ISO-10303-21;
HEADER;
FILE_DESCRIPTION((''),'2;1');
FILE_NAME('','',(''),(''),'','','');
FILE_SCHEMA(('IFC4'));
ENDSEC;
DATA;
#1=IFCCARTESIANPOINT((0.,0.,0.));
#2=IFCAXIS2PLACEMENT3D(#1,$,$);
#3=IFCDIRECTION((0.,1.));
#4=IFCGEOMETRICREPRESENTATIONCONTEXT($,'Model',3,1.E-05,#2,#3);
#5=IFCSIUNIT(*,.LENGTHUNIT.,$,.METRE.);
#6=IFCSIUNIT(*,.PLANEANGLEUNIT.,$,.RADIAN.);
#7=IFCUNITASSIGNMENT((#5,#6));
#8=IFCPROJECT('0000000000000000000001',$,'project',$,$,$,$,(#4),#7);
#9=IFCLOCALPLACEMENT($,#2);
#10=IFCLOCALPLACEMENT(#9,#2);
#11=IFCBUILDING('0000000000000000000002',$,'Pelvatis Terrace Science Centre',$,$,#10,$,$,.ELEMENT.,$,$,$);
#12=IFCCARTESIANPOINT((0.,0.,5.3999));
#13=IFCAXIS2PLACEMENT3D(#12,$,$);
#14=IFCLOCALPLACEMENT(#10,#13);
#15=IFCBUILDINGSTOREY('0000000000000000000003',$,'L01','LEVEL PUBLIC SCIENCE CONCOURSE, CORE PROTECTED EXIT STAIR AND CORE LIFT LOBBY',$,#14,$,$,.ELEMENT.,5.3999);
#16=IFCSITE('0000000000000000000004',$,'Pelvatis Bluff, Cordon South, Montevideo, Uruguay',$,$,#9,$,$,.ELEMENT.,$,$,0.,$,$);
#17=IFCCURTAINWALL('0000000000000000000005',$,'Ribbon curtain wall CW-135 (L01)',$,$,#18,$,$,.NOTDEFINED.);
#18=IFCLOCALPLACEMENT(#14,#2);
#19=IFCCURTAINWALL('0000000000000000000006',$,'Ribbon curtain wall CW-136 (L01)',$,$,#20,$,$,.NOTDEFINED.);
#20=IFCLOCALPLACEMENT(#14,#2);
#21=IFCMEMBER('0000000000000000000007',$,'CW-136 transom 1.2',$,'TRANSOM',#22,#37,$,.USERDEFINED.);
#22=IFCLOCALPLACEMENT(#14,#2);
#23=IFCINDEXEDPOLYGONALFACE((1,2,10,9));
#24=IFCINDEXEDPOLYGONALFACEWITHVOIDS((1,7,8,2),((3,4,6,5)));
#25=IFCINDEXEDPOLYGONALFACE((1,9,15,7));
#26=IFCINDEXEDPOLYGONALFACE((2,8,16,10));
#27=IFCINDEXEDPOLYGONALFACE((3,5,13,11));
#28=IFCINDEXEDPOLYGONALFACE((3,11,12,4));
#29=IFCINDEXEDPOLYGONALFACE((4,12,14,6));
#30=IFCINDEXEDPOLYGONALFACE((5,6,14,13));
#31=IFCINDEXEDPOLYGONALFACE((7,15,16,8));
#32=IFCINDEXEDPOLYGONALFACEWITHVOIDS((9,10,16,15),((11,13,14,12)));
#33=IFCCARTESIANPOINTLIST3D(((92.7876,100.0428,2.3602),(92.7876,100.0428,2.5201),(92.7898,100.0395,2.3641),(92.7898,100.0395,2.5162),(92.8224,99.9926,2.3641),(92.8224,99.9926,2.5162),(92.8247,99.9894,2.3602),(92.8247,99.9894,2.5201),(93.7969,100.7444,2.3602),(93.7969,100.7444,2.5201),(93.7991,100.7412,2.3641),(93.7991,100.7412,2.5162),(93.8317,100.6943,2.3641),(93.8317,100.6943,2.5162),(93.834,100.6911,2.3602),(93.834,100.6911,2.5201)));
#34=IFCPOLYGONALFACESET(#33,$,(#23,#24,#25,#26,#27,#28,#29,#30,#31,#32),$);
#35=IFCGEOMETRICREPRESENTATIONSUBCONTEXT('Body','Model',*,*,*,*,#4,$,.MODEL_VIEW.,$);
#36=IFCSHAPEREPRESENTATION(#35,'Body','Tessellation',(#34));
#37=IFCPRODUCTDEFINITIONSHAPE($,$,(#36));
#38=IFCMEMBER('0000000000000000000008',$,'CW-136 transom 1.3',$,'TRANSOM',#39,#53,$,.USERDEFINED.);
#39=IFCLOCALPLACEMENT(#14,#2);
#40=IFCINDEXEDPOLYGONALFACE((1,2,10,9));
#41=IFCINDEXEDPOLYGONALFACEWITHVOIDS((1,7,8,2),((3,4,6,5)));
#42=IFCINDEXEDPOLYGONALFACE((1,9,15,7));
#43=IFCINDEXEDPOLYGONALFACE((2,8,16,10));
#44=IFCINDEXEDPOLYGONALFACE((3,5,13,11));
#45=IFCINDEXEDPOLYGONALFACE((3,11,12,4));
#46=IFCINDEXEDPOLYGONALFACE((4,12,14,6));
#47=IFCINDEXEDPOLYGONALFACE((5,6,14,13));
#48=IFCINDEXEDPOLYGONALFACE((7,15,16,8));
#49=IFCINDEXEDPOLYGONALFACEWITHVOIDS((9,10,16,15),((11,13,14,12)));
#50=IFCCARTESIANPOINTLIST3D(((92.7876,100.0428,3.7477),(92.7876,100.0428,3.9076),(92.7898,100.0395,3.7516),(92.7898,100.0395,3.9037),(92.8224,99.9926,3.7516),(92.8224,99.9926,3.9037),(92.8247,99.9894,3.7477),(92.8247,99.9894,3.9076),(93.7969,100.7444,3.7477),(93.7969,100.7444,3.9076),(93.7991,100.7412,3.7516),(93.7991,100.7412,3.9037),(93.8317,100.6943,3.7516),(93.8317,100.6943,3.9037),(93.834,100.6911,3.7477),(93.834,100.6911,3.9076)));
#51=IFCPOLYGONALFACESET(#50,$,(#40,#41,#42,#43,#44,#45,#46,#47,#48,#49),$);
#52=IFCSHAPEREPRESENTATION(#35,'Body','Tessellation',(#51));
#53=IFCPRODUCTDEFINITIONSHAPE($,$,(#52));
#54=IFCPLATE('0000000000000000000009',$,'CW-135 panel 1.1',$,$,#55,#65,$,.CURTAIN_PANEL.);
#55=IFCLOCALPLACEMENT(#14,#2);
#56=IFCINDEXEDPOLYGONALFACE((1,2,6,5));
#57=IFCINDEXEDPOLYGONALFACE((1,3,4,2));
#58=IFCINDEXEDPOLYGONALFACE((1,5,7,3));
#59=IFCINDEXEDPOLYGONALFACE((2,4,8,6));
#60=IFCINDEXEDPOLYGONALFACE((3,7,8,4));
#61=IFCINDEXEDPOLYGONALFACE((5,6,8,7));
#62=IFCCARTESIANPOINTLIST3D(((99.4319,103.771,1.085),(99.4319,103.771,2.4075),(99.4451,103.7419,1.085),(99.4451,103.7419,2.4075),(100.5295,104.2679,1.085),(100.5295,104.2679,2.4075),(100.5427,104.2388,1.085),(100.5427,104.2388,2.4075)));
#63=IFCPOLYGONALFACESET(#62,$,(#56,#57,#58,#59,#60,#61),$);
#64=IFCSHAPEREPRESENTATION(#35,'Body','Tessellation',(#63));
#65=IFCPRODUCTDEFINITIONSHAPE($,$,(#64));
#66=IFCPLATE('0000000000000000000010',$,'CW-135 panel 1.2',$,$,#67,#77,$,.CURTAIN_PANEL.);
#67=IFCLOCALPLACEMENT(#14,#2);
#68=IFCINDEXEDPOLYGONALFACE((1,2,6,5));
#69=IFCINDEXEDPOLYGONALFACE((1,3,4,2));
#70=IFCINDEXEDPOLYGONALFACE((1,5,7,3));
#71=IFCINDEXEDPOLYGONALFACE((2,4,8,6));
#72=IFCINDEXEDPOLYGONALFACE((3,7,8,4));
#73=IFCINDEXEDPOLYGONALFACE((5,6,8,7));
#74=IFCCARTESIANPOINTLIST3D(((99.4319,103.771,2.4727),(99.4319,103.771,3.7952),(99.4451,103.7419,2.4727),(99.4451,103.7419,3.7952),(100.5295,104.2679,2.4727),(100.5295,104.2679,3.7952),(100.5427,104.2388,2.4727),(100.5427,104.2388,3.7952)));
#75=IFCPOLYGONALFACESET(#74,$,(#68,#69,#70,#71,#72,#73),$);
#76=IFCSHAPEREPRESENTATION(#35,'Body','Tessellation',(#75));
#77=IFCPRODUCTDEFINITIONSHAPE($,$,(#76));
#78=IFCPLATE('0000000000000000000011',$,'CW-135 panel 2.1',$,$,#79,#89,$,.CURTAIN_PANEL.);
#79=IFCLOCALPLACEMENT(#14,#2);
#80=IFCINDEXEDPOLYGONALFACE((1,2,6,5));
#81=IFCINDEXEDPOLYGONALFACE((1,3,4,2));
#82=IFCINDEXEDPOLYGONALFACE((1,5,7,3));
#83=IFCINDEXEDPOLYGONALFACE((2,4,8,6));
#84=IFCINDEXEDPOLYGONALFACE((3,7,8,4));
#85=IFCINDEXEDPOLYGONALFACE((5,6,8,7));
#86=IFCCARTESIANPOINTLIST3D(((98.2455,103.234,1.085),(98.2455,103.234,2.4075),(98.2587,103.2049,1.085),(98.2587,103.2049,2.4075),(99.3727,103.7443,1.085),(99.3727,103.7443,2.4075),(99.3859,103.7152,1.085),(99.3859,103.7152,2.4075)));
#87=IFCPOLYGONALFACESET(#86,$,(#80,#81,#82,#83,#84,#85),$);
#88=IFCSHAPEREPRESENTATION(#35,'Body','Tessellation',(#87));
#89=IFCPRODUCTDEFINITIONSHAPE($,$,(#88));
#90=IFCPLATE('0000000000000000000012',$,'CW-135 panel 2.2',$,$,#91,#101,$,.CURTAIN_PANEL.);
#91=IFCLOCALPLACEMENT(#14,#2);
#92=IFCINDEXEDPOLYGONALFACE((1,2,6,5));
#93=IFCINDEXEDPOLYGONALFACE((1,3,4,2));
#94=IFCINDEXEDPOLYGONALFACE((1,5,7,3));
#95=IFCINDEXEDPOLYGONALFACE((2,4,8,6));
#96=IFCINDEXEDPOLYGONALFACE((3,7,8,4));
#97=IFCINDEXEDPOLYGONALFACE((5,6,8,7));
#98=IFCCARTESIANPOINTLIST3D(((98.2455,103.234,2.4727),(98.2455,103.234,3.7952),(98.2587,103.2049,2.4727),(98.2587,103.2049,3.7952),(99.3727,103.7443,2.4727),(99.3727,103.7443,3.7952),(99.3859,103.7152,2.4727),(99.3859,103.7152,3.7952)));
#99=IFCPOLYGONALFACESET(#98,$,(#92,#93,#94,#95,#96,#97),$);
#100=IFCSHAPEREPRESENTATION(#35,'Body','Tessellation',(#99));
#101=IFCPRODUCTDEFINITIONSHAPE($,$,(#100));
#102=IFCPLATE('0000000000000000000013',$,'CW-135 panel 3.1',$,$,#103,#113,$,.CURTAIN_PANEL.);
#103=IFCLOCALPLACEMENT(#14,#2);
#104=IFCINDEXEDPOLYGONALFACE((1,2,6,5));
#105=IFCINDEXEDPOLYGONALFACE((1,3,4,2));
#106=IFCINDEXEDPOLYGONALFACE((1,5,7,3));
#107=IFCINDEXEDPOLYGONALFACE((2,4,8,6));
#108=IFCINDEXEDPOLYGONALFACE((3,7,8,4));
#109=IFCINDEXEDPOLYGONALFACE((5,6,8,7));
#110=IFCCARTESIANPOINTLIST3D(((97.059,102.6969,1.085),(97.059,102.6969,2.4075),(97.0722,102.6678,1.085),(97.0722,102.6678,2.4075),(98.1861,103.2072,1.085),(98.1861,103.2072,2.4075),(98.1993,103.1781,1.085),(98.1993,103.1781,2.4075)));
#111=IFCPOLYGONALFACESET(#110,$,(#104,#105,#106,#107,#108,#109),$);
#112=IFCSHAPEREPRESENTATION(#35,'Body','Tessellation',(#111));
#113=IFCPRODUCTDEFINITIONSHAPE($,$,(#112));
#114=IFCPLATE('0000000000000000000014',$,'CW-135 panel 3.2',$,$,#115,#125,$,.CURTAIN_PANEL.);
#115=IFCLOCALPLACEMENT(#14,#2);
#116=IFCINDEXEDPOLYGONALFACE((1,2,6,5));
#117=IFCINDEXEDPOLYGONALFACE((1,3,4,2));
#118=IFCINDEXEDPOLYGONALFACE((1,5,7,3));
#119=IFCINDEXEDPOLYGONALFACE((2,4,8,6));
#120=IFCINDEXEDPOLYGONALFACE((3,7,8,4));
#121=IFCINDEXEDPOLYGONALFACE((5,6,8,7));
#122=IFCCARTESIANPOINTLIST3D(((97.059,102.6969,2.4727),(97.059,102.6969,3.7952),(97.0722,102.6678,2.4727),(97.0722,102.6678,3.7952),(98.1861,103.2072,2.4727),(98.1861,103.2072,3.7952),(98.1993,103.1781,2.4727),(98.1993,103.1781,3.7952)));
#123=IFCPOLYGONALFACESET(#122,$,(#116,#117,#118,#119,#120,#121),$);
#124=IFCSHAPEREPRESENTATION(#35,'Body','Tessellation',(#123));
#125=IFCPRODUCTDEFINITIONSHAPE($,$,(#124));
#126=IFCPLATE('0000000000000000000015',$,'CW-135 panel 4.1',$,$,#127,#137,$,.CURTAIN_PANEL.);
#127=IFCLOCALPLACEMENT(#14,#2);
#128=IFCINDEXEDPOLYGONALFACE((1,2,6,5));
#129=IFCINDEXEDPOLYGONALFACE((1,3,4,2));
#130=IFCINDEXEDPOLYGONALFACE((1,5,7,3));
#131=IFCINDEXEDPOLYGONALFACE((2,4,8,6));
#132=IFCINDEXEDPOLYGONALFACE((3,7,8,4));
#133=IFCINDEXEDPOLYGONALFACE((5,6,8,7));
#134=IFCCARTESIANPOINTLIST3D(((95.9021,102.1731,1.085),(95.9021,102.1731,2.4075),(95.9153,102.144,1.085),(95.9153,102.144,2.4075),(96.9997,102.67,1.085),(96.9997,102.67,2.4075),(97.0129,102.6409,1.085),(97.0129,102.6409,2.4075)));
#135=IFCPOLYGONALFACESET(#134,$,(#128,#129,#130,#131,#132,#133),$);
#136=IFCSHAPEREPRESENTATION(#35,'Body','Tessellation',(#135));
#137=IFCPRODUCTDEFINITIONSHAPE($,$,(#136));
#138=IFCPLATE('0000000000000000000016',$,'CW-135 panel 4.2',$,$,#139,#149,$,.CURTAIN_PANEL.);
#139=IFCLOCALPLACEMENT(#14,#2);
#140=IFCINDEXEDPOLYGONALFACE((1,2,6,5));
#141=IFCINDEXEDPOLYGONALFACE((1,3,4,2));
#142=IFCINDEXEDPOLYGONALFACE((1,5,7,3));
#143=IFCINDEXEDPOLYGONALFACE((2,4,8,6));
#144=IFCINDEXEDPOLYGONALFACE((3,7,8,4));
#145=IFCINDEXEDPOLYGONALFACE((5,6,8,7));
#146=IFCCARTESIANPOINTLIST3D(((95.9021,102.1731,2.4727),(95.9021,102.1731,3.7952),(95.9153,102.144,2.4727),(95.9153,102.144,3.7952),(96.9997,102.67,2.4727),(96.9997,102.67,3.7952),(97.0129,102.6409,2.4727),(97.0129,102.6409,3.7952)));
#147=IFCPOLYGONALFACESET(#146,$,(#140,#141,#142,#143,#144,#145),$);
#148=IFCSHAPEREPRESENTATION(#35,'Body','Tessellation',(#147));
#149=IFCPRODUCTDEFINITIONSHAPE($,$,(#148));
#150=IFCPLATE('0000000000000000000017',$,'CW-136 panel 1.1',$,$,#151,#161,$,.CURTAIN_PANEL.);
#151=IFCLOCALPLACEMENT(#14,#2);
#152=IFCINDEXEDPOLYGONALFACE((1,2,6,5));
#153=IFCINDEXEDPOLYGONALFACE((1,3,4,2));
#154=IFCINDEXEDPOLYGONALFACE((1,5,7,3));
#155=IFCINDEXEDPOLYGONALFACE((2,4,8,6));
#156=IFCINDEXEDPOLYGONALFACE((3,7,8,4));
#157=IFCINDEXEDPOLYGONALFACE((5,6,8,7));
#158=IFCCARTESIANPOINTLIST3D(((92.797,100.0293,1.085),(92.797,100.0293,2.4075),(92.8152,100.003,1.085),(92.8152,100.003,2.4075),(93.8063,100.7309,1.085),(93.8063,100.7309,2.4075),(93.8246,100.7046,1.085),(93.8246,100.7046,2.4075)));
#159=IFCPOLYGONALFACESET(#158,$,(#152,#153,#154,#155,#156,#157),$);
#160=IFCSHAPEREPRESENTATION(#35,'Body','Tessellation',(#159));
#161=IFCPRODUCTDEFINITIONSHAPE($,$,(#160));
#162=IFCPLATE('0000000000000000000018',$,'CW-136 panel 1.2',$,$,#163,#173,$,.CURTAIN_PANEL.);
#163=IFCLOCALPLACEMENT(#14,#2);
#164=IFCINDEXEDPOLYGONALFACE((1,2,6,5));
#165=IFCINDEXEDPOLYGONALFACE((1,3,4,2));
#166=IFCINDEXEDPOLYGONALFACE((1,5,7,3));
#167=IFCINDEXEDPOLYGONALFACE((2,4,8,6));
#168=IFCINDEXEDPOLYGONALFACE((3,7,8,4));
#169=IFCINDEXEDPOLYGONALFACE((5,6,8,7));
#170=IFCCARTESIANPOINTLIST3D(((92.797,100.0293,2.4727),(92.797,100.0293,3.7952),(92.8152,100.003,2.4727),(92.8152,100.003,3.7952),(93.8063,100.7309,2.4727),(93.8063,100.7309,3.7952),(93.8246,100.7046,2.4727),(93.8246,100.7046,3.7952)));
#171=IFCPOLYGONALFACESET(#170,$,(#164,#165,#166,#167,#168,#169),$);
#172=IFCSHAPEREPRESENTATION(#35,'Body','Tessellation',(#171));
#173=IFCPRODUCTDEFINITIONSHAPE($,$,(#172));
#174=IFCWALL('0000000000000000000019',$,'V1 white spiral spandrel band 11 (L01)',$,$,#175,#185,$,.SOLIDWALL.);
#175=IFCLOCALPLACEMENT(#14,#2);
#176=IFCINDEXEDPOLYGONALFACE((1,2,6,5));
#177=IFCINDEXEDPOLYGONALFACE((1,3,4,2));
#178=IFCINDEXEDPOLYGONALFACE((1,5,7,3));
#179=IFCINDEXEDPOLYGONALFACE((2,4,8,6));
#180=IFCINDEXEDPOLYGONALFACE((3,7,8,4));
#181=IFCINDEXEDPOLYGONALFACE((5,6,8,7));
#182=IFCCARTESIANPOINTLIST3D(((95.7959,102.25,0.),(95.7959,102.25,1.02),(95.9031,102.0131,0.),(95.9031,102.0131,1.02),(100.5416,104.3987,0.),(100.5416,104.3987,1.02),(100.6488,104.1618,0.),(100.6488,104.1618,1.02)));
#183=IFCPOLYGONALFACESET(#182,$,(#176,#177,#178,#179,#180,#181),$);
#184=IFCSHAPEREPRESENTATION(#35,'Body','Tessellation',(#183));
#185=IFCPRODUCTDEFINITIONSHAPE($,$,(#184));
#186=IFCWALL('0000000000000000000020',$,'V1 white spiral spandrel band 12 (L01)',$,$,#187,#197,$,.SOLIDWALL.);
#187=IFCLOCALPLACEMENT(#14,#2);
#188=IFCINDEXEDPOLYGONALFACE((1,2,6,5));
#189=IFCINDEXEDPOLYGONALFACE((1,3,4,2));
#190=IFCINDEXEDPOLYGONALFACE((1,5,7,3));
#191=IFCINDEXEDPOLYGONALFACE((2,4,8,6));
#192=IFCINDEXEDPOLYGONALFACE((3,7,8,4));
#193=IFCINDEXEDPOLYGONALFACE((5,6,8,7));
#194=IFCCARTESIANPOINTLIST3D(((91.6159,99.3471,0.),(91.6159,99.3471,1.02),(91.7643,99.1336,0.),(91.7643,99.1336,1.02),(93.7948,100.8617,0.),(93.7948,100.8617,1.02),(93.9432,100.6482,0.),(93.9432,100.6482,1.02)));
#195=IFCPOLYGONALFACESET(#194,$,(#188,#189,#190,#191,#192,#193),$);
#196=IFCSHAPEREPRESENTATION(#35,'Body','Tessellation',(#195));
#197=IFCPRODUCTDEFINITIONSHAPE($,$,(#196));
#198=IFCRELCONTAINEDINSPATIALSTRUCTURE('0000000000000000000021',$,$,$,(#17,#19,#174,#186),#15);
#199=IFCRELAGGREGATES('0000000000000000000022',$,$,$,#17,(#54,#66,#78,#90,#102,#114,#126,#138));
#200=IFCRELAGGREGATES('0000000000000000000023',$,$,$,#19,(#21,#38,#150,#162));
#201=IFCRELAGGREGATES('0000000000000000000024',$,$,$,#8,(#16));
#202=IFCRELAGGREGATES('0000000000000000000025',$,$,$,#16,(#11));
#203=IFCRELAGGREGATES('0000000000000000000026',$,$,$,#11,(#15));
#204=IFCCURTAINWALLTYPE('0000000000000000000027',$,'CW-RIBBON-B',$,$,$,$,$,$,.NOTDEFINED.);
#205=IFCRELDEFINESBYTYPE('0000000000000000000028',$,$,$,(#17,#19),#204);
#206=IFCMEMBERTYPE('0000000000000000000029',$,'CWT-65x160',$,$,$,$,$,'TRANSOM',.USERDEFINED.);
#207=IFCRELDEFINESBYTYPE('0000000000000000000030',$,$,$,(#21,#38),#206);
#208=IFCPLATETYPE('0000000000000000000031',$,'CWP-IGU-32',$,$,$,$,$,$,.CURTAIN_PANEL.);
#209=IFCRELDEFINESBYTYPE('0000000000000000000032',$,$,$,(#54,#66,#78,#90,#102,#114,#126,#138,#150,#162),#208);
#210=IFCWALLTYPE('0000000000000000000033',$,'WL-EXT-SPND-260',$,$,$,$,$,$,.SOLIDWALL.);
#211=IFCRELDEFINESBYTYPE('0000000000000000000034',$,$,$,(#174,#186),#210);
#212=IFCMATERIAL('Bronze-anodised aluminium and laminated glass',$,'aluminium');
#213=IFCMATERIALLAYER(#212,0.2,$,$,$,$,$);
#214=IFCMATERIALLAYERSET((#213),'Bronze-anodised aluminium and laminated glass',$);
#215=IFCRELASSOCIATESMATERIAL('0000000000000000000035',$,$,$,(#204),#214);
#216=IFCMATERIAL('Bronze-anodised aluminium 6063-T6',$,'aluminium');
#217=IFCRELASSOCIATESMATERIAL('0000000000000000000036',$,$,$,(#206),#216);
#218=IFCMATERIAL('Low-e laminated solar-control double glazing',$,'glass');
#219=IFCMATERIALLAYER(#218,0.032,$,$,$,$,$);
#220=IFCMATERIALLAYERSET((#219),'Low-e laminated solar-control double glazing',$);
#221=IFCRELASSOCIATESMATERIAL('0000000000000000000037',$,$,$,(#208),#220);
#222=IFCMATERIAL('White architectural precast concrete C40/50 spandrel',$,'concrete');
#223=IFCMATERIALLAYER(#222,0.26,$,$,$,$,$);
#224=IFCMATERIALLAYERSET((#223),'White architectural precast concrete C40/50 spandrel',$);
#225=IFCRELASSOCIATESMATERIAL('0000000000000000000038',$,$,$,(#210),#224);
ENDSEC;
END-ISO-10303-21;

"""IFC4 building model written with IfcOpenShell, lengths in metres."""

from ifc_helpers import new_model, si_unit, direction, frame, frame_2d, origin, origin_2d, place, context, subcontext, project, spatial, rectangle, hollow_rectangle, extrude, material, layer, layer_set, material_profile, profile_set, type_object, element, aggregate, save


model = new_model("IFC4")

# Units and contexts
model_context = context("Model", 3, precision=1e-05, world=origin(), true_north=direction((0.0, 1.0)))
body_context = subcontext(model_context, "Body", "Model", "MODEL_VIEW")
ifc_project = project(units=[si_unit("LENGTHUNIT", "METRE"), si_unit("PLANEANGLEUNIT", "RADIAN")], contexts=[model_context])

# Site, building, storey
site_placement = place(None, origin())
site = spatial("IfcSite", under=ifc_project, at=site_placement, Name="Pelvatis Bluff, Cordon South, Montevideo, Uruguay", CompositionType="ELEMENT", RefElevation=0.0)
building_placement = place(site_placement, origin())
building = spatial("IfcBuilding", under=site, at=building_placement, Name="Pelvatis Terrace Science Centre", CompositionType="ELEMENT")
storey_placement = place(building_placement, frame((0.0, 0.0, 5.3999)))
storey = spatial("IfcBuildingStorey", under=building, at=storey_placement, Name="L01", Description="LEVEL PUBLIC SCIENCE CONCOURSE, CORE PROTECTED EXIT STAIR AND CORE LIFT LOBBY", CompositionType="ELEMENT", Elevation=5.3999)

# Curtain wall
ifc_material_1 = material(Name="Bronze-anodised aluminium and laminated glass", Category="aluminium")
ifc_layer_1 = layer(ifc_material_1, 0.2)
ifc_layer_set_1 = layer_set([ifc_layer_1], Name="Bronze-anodised aluminium and laminated glass")
curtain_wall_type = type_object("IfcCurtainWallType", Name="CW-RIBBON-B", PredefinedType="NOTDEFINED", material=ifc_layer_set_1)
curtain_wall_1_placement = place(storey_placement, origin())
curtain_wall_1 = element("IfcCurtainWall", 1, at=curtain_wall_1_placement, inside=storey, type_object=curtain_wall_type, Name="Ribbon curtain wall CW-135 (L01)", PredefinedType="NOTDEFINED")

# Curtain wall
curtain_wall_2_placement = place(storey_placement, origin())
curtain_wall_2 = element("IfcCurtainWall", 2, at=curtain_wall_2_placement, inside=storey, type_object=curtain_wall_type, Name="Ribbon curtain wall CW-136 (L01)", PredefinedType="NOTDEFINED")

# Members
ifc_material_2 = material(Name="Bronze-anodised aluminium 6063-T6", Category="aluminium")
ifc_material_profile_1 = material_profile(ifc_material_2, hollow_rectangle(XDim=0.0649, YDim=0.1599, WallThickness=0.0039, at=origin_2d()), Name="ALU-TRN 65x160")
ifc_profile_set_1 = profile_set([ifc_material_profile_1], Name="Bronze-anodised aluminium 6063-T6")
member_type_1 = type_object("IfcMemberType", Name="CWT-65x160", ElementType="TRANSOM", PredefinedType="USERDEFINED", material=ifc_profile_set_1)
member_1_placement = place(storey_placement, frame((93.8154, 100.7178, 2.4402), z_axis=(-0.821075, -0.57082, 0.0), x_axis=(0.57082, -0.821075, 0.0)))
member_1 = element("IfcMember", 3, at=member_1_placement, type_object=member_type_1, Name="CW-136 transom 1.2", ObjectType="TRANSOM", PredefinedType="USERDEFINED", context=body_context, shape_type="SweptSolid", body=[
    extrude(hollow_rectangle(XDim=0.0649, YDim=0.1599, WallThickness=0.0039, at=origin_2d()), origin(), (0.0, 0.0, 1.0), 1.2292),
])
member_2_placement = place(storey_placement, frame((93.8154, 100.7178, 3.8276), z_axis=(-0.821075, -0.57082, 0.0), x_axis=(0.57082, -0.821075, 0.0)))
member_2 = element("IfcMember", 4, at=member_2_placement, type_object=member_type_1, Name="CW-136 transom 1.3", ObjectType="TRANSOM", PredefinedType="USERDEFINED", context=body_context, shape_type="SweptSolid", body=[
    extrude(hollow_rectangle(XDim=0.0649, YDim=0.1599, WallThickness=0.0039, at=origin_2d()), origin(), (0.0, 0.0, 1.0), 1.2292),
])

# Plates
ifc_material_3 = material(Name="Low-e laminated solar-control double glazing", Category="glass")
ifc_layer_2 = layer(ifc_material_3, 0.032)
ifc_layer_set_2 = layer_set([ifc_layer_2], Name="Low-e laminated solar-control double glazing")
plate_type = type_object("IfcPlateType", Name="CWP-IGU-32", PredefinedType="CURTAIN_PANEL", material=ifc_layer_set_2)
plate_1_placement = place(storey_placement, frame((99.9873, 104.0049, 1.085), z_axis=(0.0, 0.0, 1.0), x_axis=(-0.91099, -0.412429, 0.0)))
plate_1 = element("IfcPlate", 5, at=plate_1_placement, type_object=plate_type, Name="CW-135 panel 1.1", PredefinedType="CURTAIN_PANEL", context=body_context, shape_type="SweptSolid", body=[
    extrude(rectangle(XDim=1.2048, YDim=0.032, at=origin_2d()), origin(), (0.0, 0.0, 1.0), 1.3225),
])
plate_2_placement = place(storey_placement, frame((99.9873, 104.0049, 2.4727), z_axis=(0.0, 0.0, 1.0), x_axis=(-0.91099, -0.412429, 0.0)))
plate_2 = element("IfcPlate", 6, at=plate_2_placement, type_object=plate_type, Name="CW-135 panel 1.2", PredefinedType="CURTAIN_PANEL", context=body_context, shape_type="SweptSolid", body=[
    extrude(rectangle(XDim=1.2048, YDim=0.032, at=origin_2d()), origin(), (0.0, 0.0, 1.0), 1.3225),
])
plate_3_placement = place(storey_placement, frame((98.8157, 103.4746, 1.085), z_axis=(0.0, 0.0, 1.0), x_axis=(-0.91099, -0.412429, 0.0)))
plate_3 = element("IfcPlate", 7, at=plate_3_placement, type_object=plate_type, Name="CW-135 panel 2.1", PredefinedType="CURTAIN_PANEL", context=body_context, shape_type="SweptSolid", body=[
    extrude(rectangle(XDim=1.2373, YDim=0.032, at=origin_2d()), origin(), (0.0, 0.0, 1.0), 1.3225),
])
plate_4_placement = place(storey_placement, frame((98.8157, 103.4746, 2.4727), z_axis=(0.0, 0.0, 1.0), x_axis=(-0.91099, -0.412429, 0.0)))
plate_4 = element("IfcPlate", 8, at=plate_4_placement, type_object=plate_type, Name="CW-135 panel 2.2", PredefinedType="CURTAIN_PANEL", context=body_context, shape_type="SweptSolid", body=[
    extrude(rectangle(XDim=1.2373, YDim=0.032, at=origin_2d()), origin(), (0.0, 0.0, 1.0), 1.3225),
])
plate_5_placement = place(storey_placement, frame((97.6292, 102.9375, 1.085), z_axis=(0.0, 0.0, 1.0), x_axis=(-0.91099, -0.412429, 0.0)))
plate_5 = element("IfcPlate", 9, at=plate_5_placement, type_object=plate_type, Name="CW-135 panel 3.1", PredefinedType="CURTAIN_PANEL", context=body_context, shape_type="SweptSolid", body=[
    extrude(rectangle(XDim=1.2373, YDim=0.032, at=origin_2d()), origin(), (0.0, 0.0, 1.0), 1.3225),
])
plate_6_placement = place(storey_placement, frame((97.6292, 102.9375, 2.4727), z_axis=(0.0, 0.0, 1.0), x_axis=(-0.91099, -0.412429, 0.0)))
plate_6 = element("IfcPlate", 10, at=plate_6_placement, type_object=plate_type, Name="CW-135 panel 3.2", PredefinedType="CURTAIN_PANEL", context=body_context, shape_type="SweptSolid", body=[
    extrude(rectangle(XDim=1.2373, YDim=0.032, at=origin_2d()), origin(), (0.0, 0.0, 1.0), 1.3225),
])
plate_7_placement = place(storey_placement, frame((96.4575, 102.407, 1.085), z_axis=(0.0, 0.0, 1.0), x_axis=(-0.91099, -0.412429, 0.0)))
plate_7 = element("IfcPlate", 11, at=plate_7_placement, type_object=plate_type, Name="CW-135 panel 4.1", PredefinedType="CURTAIN_PANEL", context=body_context, shape_type="SweptSolid", body=[
    extrude(rectangle(XDim=1.2048, YDim=0.032, at=origin_2d()), origin(), (0.0, 0.0, 1.0), 1.3225),
])
plate_8_placement = place(storey_placement, frame((96.4575, 102.407, 2.4727), z_axis=(0.0, 0.0, 1.0), x_axis=(-0.91099, -0.412429, 0.0)))
plate_8 = element("IfcPlate", 12, at=plate_8_placement, type_object=plate_type, Name="CW-135 panel 4.2", PredefinedType="CURTAIN_PANEL", context=body_context, shape_type="SweptSolid", body=[
    extrude(rectangle(XDim=1.2048, YDim=0.032, at=origin_2d()), origin(), (0.0, 0.0, 1.0), 1.3225),
])
aggregate(curtain_wall_1, [plate_1, plate_2, plate_3, plate_4, plate_5, plate_6, plate_7, plate_8])
plate_9_placement = place(storey_placement, frame((93.3108, 100.3669, 1.085), z_axis=(0.0, 0.0, 1.0), x_axis=(-0.821122, -0.570753, 0.0)))
plate_9 = element("IfcPlate", 13, at=plate_9_placement, type_object=plate_type, Name="CW-136 panel 1.1", PredefinedType="CURTAIN_PANEL", context=body_context, shape_type="SweptSolid", body=[
    extrude(rectangle(XDim=1.2292, YDim=0.032, at=origin_2d()), origin(), (0.0, 0.0, 1.0), 1.3225),
])
plate_10_placement = place(storey_placement, frame((93.3108, 100.3669, 2.4727), z_axis=(0.0, 0.0, 1.0), x_axis=(-0.821122, -0.570753, 0.0)))
plate_10 = element("IfcPlate", 14, at=plate_10_placement, type_object=plate_type, Name="CW-136 panel 1.2", PredefinedType="CURTAIN_PANEL", context=body_context, shape_type="SweptSolid", body=[
    extrude(rectangle(XDim=1.2292, YDim=0.032, at=origin_2d()), origin(), (0.0, 0.0, 1.0), 1.3225),
])
aggregate(curtain_wall_2, [member_1, member_2, plate_9, plate_10])

# Walls
ifc_material_4 = material(Name="White architectural precast concrete C40/50 spandrel", Category="concrete")
ifc_layer_3 = layer(ifc_material_4, 0.26)
ifc_layer_set_3 = layer_set([ifc_layer_3], Name="White architectural precast concrete C40/50 spandrel")
wall_type_1 = type_object("IfcWallType", Name="WL-EXT-SPND-260", PredefinedType="SOLIDWALL", material=ifc_layer_set_3)
wall_1_placement = place(storey_placement, frame((100.5952, 104.2803, 0.0), z_axis=(0.0, 0.0, 1.0), x_axis=(-0.910974, -0.412464, 0.0)))
element("IfcWall", 15, at=wall_1_placement, inside=storey, type_object=wall_type_1, Name="V1 white spiral spandrel band 11 (L01)", PredefinedType="SOLIDWALL", context=body_context, shape_type="SweptSolid", body=[
    extrude(rectangle(XDim=5.2095, YDim=0.26, at=frame_2d((2.6047, 0.0))), origin(), (0.0, 0.0, 1.0), 1.02),
])
wall_2_placement = place(storey_placement, frame((93.8689, 100.7549, 0.0), z_axis=(0.0, 0.0, 1.0), x_axis=(-0.821108, -0.570773, 0.0)))
element("IfcWall", 16, at=wall_2_placement, inside=storey, type_object=wall_type_1, Name="V1 white spiral spandrel band 12 (L01)", PredefinedType="SOLIDWALL", context=body_context, shape_type="SweptSolid", body=[
    extrude(rectangle(XDim=2.6536, YDim=0.26, at=frame_2d((1.3267, 0.0))), origin(), (0.0, 0.0, 1.0), 1.02),
])

save(model, "model.ifc")
